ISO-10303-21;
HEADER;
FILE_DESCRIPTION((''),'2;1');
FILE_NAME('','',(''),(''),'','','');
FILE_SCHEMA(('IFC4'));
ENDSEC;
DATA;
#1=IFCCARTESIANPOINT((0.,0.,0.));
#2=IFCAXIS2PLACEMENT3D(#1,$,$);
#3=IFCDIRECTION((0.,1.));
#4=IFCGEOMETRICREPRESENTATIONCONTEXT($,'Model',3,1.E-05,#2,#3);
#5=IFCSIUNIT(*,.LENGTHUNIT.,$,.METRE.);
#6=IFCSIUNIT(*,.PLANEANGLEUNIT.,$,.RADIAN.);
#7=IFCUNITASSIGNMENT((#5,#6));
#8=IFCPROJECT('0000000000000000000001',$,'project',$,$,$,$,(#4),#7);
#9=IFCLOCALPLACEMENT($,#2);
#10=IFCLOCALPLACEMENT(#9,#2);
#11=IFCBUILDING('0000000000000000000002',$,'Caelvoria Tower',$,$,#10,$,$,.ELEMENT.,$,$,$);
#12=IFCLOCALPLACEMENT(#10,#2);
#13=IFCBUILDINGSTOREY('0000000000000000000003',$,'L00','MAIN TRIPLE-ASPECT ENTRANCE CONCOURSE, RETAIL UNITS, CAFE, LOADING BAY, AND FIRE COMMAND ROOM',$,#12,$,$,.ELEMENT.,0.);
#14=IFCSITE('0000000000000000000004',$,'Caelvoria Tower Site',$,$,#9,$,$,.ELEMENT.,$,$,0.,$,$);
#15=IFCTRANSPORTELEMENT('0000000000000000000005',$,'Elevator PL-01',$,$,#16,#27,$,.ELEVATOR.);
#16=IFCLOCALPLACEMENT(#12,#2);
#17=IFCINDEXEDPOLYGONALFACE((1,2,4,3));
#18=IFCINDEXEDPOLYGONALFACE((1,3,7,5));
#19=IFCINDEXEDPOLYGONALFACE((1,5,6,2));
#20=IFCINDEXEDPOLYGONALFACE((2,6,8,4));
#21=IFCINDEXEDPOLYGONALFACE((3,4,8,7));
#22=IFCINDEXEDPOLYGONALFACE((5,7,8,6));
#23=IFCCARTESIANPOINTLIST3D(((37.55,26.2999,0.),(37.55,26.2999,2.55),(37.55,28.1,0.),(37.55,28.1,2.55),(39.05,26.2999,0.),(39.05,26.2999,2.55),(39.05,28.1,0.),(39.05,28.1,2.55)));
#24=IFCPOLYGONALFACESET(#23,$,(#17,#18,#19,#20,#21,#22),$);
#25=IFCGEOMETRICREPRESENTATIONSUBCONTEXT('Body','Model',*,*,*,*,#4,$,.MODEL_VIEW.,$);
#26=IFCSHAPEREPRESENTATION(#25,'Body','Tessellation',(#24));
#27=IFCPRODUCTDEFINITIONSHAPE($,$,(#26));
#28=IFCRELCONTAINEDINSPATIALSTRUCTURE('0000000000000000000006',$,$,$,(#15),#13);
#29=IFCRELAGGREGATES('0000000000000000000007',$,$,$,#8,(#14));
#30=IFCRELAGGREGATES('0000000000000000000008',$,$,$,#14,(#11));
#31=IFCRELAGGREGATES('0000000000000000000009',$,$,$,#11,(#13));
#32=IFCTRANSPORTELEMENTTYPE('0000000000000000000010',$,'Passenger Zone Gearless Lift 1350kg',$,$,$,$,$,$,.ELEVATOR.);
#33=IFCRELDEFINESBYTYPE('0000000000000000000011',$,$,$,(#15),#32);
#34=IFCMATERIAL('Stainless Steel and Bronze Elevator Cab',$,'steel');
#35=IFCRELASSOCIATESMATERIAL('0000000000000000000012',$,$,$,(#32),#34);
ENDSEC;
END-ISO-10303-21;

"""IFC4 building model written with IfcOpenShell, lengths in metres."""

from ifc_helpers import new_model, si_unit, direction, frame, origin, origin_2d, place, context, subcontext, project, spatial, rectangle, extrude, material, type_object, element, save


model = new_model("IFC4")

# Units and contexts
model_context = context("Model", 3, precision=1e-05, world=origin(), true_north=direction((0.0, 1.0)))
body_context = subcontext(model_context, "Body", "Model", "MODEL_VIEW")
ifc_project = project(units=[si_unit("LENGTHUNIT", "METRE"), si_unit("PLANEANGLEUNIT", "RADIAN")], contexts=[model_context])

# Site, building, storey
site_placement = place(None, origin())
site = spatial("IfcSite", under=ifc_project, at=site_placement, Name="Caelvoria Tower Site", CompositionType="ELEMENT", RefElevation=0.0)
building_placement = place(site_placement, origin())
building = spatial("IfcBuilding", under=site, at=building_placement, Name="Caelvoria Tower", CompositionType="ELEMENT")
storey_placement = place(building_placement, origin())
storey = spatial("IfcBuildingStorey", under=building, at=storey_placement, Name="L00", Description="MAIN TRIPLE-ASPECT ENTRANCE CONCOURSE, RETAIL UNITS, CAFE, LOADING BAY, AND FIRE COMMAND ROOM", CompositionType="ELEMENT", Elevation=0.0)

# Transport element
ifc_material_1 = material(Name="Stainless Steel and Bronze Elevator Cab", Category="steel")
transport_element_type = type_object("IfcTransportElementType", Name="Passenger Zone Gearless Lift 1350kg", PredefinedType="ELEVATOR", material=ifc_material_1)
transport_element_placement = place(storey_placement, frame((38.3, 27.2, 0.0), z_axis=(0.0, 0.0, 1.0), x_axis=(1.0, 0.0, 0.0)))
element("IfcTransportElement", 1, at=transport_element_placement, inside=storey, type_object=transport_element_type, Name="Elevator PL-01", PredefinedType="ELEVATOR", context=body_context, shape_type="SweptSolid", body=[
    extrude(rectangle(XDim=1.5, YDim=1.8, at=origin_2d()), origin(), (0.0, 0.0, 1.0), 2.55),
])

save(model, "model.ifc")
